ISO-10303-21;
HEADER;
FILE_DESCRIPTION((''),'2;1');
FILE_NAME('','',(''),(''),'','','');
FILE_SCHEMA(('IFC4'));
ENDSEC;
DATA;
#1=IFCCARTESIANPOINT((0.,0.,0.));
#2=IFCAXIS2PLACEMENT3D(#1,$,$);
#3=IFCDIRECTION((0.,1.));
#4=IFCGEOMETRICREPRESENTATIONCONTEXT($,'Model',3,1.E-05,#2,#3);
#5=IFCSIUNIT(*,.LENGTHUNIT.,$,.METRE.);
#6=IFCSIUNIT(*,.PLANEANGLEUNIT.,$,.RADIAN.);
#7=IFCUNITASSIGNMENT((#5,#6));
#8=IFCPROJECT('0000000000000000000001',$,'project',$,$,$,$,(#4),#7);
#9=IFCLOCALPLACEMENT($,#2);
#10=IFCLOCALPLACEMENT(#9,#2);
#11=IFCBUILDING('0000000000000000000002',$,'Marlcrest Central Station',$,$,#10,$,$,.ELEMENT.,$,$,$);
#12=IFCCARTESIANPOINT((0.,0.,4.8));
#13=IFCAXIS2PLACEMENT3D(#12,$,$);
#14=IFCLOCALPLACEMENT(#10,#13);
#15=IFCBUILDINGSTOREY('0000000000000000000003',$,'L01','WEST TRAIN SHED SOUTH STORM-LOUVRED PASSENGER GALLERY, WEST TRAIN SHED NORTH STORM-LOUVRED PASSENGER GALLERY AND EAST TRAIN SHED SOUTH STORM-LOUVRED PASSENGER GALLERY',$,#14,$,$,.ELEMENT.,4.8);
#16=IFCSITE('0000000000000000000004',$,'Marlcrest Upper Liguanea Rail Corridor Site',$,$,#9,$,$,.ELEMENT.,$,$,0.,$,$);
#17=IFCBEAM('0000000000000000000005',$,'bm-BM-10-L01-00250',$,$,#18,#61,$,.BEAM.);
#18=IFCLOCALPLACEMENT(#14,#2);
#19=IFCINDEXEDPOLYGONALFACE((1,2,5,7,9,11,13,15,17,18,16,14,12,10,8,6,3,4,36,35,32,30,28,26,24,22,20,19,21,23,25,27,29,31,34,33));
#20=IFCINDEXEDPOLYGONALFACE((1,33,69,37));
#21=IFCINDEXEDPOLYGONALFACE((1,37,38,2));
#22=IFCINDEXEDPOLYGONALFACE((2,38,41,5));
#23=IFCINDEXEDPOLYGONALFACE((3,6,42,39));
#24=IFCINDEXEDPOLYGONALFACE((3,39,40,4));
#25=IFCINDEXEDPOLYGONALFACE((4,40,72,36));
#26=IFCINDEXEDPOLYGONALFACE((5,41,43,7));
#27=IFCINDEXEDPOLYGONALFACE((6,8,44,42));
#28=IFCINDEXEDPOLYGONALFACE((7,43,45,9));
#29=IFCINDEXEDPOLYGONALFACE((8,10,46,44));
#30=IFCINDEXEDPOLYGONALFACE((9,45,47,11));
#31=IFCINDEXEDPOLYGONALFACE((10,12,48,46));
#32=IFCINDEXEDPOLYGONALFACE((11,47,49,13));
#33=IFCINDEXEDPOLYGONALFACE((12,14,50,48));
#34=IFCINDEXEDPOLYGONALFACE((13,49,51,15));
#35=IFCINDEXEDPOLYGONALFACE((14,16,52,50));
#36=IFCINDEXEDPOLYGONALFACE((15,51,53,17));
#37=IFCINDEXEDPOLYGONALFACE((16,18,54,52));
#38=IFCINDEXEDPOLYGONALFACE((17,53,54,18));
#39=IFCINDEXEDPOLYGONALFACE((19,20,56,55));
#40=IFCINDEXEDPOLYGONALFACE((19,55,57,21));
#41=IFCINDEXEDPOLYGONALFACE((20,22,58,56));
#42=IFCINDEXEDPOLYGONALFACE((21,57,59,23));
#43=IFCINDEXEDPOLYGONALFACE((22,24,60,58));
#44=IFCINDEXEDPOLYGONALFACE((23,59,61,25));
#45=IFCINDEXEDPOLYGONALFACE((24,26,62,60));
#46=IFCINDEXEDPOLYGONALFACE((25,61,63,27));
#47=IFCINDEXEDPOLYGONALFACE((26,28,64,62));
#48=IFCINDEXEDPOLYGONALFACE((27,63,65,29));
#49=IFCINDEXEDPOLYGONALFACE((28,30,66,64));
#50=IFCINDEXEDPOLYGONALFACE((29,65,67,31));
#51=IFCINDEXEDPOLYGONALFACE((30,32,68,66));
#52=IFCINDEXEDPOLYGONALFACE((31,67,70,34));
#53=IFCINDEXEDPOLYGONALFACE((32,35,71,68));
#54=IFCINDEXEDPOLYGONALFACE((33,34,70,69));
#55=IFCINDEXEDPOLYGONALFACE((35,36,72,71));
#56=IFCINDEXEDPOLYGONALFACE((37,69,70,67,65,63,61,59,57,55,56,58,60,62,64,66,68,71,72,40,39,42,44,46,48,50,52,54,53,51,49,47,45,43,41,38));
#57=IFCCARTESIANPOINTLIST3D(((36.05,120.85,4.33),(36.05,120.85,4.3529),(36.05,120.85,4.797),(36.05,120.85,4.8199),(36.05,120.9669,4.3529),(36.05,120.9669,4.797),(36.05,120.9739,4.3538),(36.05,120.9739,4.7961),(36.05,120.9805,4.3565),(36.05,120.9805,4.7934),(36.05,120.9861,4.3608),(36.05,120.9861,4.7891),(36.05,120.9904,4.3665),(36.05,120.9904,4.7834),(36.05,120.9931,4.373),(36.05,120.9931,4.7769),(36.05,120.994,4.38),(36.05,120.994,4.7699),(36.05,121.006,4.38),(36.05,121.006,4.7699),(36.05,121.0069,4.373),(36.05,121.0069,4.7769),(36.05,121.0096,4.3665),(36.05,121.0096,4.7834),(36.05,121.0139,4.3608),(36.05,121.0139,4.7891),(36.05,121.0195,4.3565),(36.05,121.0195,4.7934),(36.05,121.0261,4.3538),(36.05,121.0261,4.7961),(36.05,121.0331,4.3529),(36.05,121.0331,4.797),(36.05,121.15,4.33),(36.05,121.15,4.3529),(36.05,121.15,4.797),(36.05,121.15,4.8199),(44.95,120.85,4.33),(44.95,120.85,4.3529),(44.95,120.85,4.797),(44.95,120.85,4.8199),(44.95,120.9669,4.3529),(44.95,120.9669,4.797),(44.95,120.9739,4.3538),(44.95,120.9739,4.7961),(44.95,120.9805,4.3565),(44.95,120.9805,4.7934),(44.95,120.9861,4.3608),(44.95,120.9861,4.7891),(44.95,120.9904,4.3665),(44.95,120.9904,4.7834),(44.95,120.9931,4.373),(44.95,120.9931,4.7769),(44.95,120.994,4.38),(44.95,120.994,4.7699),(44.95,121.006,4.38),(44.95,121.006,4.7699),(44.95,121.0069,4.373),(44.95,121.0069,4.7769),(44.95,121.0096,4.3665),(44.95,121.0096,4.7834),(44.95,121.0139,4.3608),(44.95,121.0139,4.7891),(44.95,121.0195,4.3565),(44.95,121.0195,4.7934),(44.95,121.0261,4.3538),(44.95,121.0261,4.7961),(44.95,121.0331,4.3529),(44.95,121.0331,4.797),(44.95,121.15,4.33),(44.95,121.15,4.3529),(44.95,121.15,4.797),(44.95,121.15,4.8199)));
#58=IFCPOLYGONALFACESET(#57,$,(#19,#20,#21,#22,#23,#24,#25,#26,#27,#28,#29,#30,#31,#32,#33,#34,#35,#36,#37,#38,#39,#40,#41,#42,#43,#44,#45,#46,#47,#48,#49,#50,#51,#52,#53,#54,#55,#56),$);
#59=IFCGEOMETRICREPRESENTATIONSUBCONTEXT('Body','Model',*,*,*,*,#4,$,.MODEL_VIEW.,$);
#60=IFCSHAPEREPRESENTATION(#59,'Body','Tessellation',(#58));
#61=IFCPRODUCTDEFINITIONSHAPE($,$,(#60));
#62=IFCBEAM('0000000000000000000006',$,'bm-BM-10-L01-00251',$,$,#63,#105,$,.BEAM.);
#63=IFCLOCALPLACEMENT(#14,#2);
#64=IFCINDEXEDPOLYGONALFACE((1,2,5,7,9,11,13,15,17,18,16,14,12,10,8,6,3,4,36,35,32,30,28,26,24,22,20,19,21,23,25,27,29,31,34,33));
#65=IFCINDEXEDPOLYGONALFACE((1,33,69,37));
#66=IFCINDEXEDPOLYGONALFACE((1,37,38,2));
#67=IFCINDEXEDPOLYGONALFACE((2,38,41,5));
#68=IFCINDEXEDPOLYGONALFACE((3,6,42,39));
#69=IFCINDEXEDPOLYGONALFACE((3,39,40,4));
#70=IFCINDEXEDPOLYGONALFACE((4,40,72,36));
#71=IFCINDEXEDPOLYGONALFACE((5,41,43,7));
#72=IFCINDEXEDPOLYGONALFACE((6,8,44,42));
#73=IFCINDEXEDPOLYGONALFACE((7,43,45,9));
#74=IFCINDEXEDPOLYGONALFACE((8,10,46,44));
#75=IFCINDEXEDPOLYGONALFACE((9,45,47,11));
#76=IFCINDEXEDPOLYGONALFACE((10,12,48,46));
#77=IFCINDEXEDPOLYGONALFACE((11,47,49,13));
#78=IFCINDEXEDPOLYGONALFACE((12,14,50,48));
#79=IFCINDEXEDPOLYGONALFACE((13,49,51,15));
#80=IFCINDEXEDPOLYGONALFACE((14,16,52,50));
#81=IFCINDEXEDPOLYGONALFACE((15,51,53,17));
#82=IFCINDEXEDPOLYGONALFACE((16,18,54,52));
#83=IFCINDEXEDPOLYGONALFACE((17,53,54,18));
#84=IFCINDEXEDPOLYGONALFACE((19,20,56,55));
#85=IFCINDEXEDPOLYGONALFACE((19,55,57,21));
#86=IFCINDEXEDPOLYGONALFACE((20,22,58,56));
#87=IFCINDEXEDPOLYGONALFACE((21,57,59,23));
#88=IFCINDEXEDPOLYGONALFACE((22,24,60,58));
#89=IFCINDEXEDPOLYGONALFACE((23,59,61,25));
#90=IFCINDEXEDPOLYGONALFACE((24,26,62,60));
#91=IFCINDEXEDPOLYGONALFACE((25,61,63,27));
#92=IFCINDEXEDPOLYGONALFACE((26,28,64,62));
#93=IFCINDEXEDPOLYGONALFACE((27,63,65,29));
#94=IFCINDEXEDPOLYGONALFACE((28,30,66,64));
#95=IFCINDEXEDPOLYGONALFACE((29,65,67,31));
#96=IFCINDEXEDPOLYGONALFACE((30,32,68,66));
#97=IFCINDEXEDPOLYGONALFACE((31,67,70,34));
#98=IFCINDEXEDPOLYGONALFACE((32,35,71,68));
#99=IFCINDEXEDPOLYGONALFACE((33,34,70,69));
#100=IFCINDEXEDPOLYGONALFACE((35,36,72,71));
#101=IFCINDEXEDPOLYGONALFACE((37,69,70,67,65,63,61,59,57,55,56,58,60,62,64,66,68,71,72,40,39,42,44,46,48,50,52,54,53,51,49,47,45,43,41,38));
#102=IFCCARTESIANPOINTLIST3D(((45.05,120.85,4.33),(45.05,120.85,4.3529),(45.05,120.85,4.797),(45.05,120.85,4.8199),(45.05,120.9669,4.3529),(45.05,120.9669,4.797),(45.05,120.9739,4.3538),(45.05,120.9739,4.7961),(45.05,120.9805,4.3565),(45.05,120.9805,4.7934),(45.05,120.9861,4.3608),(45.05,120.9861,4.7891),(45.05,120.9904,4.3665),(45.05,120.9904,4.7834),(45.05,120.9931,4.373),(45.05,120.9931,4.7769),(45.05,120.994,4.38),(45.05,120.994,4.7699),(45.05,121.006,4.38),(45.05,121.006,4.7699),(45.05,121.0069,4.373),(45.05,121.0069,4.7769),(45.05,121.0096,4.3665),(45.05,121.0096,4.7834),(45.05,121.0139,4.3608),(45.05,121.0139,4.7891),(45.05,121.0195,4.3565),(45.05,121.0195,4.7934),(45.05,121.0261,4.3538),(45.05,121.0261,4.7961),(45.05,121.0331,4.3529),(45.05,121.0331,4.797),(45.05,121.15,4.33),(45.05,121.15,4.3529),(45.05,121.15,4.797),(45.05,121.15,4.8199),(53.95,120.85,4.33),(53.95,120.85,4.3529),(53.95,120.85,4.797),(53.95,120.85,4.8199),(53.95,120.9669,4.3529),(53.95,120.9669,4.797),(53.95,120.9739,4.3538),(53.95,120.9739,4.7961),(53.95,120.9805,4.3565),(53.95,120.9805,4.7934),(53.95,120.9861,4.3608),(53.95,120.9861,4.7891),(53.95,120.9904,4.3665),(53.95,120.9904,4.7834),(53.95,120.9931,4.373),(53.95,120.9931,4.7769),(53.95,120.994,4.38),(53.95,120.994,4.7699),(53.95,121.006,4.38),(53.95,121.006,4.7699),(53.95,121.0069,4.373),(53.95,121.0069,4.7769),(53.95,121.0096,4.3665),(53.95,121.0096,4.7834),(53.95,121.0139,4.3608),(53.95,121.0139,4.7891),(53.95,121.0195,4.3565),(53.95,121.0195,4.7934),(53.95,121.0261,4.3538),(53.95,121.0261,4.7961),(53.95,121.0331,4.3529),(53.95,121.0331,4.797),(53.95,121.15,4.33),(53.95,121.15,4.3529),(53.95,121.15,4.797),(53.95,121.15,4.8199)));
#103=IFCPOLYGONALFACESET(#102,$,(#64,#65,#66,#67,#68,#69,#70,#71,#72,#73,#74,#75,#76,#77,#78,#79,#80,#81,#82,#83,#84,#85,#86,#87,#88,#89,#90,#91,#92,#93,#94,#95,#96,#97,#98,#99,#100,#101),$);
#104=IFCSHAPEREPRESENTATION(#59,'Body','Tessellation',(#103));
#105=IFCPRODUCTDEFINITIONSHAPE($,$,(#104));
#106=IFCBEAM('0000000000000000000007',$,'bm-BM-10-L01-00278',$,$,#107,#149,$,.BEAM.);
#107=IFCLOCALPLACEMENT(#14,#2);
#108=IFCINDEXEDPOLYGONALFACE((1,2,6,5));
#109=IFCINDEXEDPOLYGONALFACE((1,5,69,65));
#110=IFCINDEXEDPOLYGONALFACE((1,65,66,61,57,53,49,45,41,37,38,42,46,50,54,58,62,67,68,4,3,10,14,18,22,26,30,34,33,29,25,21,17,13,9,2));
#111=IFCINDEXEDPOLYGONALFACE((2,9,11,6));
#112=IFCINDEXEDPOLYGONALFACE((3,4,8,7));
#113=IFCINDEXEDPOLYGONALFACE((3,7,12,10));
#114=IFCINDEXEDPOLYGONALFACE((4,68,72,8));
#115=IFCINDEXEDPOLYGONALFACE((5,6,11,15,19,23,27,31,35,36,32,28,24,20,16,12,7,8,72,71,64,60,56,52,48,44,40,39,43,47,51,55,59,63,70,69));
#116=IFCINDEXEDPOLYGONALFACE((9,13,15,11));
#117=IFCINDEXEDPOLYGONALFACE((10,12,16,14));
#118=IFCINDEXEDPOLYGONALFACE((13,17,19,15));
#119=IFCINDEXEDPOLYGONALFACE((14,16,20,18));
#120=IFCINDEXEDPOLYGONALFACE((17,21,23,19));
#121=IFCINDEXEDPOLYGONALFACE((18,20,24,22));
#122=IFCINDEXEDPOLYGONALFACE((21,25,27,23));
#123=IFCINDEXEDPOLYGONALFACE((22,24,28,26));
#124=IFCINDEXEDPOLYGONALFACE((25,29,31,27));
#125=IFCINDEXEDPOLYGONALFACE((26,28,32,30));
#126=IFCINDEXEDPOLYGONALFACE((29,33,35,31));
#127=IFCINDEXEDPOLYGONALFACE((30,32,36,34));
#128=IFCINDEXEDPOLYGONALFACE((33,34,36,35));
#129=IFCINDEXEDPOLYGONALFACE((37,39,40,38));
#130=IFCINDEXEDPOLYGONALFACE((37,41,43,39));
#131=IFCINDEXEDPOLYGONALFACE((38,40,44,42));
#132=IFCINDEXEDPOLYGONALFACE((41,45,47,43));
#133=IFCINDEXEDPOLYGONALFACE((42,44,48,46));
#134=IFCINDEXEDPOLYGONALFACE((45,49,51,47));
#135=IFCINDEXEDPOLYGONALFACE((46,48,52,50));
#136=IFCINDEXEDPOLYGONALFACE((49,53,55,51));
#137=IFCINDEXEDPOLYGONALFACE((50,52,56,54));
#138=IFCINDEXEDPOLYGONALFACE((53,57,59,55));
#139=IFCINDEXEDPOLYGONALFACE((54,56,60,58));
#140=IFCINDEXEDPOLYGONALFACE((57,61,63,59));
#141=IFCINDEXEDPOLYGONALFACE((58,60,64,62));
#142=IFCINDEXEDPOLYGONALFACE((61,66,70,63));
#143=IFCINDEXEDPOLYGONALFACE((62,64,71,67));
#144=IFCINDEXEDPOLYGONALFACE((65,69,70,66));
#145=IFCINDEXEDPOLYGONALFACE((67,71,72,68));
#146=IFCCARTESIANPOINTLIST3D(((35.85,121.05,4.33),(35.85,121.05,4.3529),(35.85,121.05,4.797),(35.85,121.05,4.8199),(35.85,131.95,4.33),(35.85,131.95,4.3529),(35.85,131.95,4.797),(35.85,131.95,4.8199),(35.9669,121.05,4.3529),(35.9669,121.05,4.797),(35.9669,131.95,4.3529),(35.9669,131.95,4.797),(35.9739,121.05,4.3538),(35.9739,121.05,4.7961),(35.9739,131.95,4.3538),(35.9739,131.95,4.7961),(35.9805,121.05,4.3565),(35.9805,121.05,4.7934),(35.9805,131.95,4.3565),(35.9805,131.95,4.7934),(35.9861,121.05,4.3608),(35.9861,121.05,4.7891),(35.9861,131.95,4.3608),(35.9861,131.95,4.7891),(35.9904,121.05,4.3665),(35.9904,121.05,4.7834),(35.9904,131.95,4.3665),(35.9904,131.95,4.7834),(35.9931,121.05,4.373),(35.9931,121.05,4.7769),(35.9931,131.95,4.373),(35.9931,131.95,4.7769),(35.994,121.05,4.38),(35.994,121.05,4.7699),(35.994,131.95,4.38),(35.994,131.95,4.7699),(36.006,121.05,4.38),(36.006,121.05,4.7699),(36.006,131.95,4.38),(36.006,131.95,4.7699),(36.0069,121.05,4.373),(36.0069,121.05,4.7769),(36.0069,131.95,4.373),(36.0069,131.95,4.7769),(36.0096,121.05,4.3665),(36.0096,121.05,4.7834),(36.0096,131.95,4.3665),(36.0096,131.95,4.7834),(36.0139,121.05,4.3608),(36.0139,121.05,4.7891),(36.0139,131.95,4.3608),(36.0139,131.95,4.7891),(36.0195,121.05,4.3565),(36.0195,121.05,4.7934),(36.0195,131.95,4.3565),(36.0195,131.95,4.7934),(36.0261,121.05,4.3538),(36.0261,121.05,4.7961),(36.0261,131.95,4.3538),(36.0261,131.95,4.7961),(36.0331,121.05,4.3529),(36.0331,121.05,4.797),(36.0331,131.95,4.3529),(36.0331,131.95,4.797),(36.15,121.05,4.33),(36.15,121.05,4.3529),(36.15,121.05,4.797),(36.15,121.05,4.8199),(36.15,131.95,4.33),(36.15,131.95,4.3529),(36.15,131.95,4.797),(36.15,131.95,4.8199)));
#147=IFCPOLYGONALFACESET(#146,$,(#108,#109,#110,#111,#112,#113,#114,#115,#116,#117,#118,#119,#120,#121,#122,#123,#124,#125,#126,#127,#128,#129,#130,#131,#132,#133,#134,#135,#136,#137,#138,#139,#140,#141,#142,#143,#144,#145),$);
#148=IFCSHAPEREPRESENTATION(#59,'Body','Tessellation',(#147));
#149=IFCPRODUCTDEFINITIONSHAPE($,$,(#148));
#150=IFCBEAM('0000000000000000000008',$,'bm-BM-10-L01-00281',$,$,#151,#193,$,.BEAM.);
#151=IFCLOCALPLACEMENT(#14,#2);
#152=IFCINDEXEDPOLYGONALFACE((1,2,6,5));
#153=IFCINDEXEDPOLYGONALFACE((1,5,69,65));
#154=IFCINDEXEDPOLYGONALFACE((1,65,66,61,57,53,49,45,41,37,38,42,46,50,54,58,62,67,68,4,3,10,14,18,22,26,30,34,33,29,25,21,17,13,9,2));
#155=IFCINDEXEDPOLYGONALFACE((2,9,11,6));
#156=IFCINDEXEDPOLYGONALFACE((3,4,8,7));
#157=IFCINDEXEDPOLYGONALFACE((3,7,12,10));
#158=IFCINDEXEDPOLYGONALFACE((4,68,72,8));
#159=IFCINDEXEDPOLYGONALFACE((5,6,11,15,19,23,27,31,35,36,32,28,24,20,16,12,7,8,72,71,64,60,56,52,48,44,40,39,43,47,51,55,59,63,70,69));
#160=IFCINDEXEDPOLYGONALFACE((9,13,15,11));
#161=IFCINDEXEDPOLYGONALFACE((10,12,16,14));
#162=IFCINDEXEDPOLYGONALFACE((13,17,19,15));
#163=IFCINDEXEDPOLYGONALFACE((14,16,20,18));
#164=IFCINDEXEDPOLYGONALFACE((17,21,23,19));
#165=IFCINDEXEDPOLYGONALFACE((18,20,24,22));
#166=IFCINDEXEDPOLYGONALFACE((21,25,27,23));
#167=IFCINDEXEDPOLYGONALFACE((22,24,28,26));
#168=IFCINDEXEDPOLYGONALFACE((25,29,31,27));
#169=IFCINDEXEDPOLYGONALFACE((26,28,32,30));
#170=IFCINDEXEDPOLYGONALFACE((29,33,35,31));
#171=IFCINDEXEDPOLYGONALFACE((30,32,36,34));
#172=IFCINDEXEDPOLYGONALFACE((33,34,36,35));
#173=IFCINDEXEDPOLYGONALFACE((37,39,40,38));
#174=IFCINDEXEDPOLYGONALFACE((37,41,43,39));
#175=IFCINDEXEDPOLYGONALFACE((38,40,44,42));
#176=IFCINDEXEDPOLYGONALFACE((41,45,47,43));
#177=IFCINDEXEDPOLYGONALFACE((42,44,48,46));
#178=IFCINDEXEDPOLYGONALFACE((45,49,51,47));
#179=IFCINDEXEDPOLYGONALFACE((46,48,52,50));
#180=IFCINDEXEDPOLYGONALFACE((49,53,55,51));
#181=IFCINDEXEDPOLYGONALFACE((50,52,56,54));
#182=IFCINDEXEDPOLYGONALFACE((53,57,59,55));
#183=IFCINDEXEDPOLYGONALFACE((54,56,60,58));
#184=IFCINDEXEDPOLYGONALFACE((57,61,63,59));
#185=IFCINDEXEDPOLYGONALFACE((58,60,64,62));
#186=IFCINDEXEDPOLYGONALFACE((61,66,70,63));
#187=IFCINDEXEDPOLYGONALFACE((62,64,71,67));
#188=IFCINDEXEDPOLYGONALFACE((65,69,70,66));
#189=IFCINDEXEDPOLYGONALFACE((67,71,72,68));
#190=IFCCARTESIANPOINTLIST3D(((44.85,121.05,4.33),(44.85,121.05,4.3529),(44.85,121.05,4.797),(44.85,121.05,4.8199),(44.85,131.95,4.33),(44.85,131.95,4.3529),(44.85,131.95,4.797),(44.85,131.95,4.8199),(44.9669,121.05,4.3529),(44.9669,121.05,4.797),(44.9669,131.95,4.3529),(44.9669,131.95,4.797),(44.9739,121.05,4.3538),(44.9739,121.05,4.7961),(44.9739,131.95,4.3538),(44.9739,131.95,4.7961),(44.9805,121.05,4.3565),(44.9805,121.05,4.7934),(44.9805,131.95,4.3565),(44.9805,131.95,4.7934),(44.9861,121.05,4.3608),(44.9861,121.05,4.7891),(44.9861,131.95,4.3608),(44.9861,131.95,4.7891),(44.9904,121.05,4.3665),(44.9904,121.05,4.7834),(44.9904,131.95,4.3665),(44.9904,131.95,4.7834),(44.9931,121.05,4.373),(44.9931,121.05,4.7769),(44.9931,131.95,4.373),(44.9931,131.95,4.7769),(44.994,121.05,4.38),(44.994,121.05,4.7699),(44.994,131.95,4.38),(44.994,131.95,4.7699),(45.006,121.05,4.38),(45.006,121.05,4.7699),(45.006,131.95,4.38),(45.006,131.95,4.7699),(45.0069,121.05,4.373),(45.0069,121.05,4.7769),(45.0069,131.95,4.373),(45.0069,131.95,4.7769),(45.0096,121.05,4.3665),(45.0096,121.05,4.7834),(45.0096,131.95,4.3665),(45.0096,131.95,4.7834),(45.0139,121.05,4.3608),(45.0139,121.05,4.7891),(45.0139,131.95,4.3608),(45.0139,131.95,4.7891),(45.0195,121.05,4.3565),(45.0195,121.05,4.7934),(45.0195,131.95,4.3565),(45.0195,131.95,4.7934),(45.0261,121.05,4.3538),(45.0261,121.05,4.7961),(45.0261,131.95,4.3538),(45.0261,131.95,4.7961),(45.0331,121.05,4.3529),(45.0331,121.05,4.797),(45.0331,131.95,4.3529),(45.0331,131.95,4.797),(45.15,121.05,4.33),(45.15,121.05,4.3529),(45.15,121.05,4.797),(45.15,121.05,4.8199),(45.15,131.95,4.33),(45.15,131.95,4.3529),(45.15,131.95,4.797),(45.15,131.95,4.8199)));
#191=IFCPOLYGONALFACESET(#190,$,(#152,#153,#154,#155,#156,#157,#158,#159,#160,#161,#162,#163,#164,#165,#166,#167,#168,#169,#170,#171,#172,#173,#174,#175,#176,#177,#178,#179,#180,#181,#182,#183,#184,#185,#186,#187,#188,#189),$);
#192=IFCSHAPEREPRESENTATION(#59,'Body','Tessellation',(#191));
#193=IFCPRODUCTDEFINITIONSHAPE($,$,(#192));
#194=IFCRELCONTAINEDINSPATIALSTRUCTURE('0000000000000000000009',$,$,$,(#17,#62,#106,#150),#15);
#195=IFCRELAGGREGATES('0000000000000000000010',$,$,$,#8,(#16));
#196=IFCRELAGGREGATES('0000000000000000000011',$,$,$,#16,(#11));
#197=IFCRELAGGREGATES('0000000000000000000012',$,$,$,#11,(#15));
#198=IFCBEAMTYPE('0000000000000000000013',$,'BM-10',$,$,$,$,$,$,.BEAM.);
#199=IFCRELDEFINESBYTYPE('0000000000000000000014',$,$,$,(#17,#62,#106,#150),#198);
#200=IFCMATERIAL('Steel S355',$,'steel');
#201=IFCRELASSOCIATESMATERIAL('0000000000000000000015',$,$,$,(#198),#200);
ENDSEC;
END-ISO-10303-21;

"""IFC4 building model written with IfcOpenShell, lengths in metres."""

from ifc_helpers import new_model, si_unit, direction, frame, origin, origin_2d, place, context, subcontext, project, spatial, i_section, extrude, material, material_profile, profile_set, type_object, element, save


model = new_model("IFC4")

# Units and contexts
model_context = context("Model", 3, precision=1e-05, world=origin(), true_north=direction((0.0, 1.0)))
body_context = subcontext(model_context, "Body", "Model", "MODEL_VIEW")
ifc_project = project(units=[si_unit("LENGTHUNIT", "METRE"), si_unit("PLANEANGLEUNIT", "RADIAN")], contexts=[model_context])

# Site, building, storey
site_placement = place(None, origin())
site = spatial("IfcSite", under=ifc_project, at=site_placement, Name="Marlcrest Upper Liguanea Rail Corridor Site", CompositionType="ELEMENT", RefElevation=0.0)
building_placement = place(site_placement, origin())
building = spatial("IfcBuilding", under=site, at=building_placement, Name="Marlcrest Central Station", CompositionType="ELEMENT")
storey_placement = place(building_placement, frame((0.0, 0.0, 4.8)))
storey = spatial("IfcBuildingStorey", under=building, at=storey_placement, Name="L01", Description="WEST TRAIN SHED SOUTH STORM-LOUVRED PASSENGER GALLERY, WEST TRAIN SHED NORTH STORM-LOUVRED PASSENGER GALLERY AND EAST TRAIN SHED SOUTH STORM-LOUVRED PASSENGER GALLERY", CompositionType="ELEMENT", Elevation=4.8)

# Shared definitions
ifc_material_1 = material(Name="Steel S355", Category="steel")

# Beams
ifc_material_profile_1 = material_profile(ifc_material_1, i_section(OverallWidth=0.3, OverallDepth=0.49, WebThickness=0.012, FlangeThickness=0.0229, FilletRadius=0.0271, at=origin_2d()), Name="HEA 500")
ifc_profile_set_1 = profile_set([ifc_material_profile_1], Name="Steel S355")
beam_type_1 = type_object("IfcBeamType", Name="BM-10", PredefinedType="BEAM", material=ifc_profile_set_1)
for number, where, z_axis, x_axis, name in (
    (1, (36.05, 121.0, 4.575), (1.0, 0.0, 0.0), (0.0, 1.0, 0.0), "bm-BM-10-L01-00250"),
    (2, (45.05, 121.0, 4.575), (1.0, 0.0, 0.0), (0.0, 1.0, 0.0), "bm-BM-10-L01-00251"),
):
    element("IfcBeam", number, at=place(storey_placement, frame(where, z_axis=z_axis, x_axis=x_axis)), inside=storey, type_object=beam_type_1, Name=name, PredefinedType="BEAM", context=body_context, shape_type="SweptSolid", body=[
        extrude(i_section(OverallWidth=0.3, OverallDepth=0.49, WebThickness=0.012, FlangeThickness=0.0229, FilletRadius=0.0271, at=origin_2d()), origin(), (0.0, 0.0, 1.0), 8.8999),
    ])
for number, where, z_axis, x_axis, name in (
    (3, (36.0, 121.05, 4.575), (0.0, 1.0, 0.0), (-1.0, 0.0, 0.0), "bm-BM-10-L01-00278"),
    (4, (45.0, 121.05, 4.575), (0.0, 1.0, 0.0), (-1.0, 0.0, 0.0), "bm-BM-10-L01-00281"),
):
    element("IfcBeam", number, at=place(storey_placement, frame(where, z_axis=z_axis, x_axis=x_axis)), inside=storey, type_object=beam_type_1, Name=name, PredefinedType="BEAM", context=body_context, shape_type="SweptSolid", body=[
        extrude(i_section(OverallWidth=0.3, OverallDepth=0.49, WebThickness=0.012, FlangeThickness=0.0229, FilletRadius=0.0271, at=origin_2d()), origin(), (0.0, 0.0, 1.0), 10.8999),
    ])

save(model, "model.ifc")
